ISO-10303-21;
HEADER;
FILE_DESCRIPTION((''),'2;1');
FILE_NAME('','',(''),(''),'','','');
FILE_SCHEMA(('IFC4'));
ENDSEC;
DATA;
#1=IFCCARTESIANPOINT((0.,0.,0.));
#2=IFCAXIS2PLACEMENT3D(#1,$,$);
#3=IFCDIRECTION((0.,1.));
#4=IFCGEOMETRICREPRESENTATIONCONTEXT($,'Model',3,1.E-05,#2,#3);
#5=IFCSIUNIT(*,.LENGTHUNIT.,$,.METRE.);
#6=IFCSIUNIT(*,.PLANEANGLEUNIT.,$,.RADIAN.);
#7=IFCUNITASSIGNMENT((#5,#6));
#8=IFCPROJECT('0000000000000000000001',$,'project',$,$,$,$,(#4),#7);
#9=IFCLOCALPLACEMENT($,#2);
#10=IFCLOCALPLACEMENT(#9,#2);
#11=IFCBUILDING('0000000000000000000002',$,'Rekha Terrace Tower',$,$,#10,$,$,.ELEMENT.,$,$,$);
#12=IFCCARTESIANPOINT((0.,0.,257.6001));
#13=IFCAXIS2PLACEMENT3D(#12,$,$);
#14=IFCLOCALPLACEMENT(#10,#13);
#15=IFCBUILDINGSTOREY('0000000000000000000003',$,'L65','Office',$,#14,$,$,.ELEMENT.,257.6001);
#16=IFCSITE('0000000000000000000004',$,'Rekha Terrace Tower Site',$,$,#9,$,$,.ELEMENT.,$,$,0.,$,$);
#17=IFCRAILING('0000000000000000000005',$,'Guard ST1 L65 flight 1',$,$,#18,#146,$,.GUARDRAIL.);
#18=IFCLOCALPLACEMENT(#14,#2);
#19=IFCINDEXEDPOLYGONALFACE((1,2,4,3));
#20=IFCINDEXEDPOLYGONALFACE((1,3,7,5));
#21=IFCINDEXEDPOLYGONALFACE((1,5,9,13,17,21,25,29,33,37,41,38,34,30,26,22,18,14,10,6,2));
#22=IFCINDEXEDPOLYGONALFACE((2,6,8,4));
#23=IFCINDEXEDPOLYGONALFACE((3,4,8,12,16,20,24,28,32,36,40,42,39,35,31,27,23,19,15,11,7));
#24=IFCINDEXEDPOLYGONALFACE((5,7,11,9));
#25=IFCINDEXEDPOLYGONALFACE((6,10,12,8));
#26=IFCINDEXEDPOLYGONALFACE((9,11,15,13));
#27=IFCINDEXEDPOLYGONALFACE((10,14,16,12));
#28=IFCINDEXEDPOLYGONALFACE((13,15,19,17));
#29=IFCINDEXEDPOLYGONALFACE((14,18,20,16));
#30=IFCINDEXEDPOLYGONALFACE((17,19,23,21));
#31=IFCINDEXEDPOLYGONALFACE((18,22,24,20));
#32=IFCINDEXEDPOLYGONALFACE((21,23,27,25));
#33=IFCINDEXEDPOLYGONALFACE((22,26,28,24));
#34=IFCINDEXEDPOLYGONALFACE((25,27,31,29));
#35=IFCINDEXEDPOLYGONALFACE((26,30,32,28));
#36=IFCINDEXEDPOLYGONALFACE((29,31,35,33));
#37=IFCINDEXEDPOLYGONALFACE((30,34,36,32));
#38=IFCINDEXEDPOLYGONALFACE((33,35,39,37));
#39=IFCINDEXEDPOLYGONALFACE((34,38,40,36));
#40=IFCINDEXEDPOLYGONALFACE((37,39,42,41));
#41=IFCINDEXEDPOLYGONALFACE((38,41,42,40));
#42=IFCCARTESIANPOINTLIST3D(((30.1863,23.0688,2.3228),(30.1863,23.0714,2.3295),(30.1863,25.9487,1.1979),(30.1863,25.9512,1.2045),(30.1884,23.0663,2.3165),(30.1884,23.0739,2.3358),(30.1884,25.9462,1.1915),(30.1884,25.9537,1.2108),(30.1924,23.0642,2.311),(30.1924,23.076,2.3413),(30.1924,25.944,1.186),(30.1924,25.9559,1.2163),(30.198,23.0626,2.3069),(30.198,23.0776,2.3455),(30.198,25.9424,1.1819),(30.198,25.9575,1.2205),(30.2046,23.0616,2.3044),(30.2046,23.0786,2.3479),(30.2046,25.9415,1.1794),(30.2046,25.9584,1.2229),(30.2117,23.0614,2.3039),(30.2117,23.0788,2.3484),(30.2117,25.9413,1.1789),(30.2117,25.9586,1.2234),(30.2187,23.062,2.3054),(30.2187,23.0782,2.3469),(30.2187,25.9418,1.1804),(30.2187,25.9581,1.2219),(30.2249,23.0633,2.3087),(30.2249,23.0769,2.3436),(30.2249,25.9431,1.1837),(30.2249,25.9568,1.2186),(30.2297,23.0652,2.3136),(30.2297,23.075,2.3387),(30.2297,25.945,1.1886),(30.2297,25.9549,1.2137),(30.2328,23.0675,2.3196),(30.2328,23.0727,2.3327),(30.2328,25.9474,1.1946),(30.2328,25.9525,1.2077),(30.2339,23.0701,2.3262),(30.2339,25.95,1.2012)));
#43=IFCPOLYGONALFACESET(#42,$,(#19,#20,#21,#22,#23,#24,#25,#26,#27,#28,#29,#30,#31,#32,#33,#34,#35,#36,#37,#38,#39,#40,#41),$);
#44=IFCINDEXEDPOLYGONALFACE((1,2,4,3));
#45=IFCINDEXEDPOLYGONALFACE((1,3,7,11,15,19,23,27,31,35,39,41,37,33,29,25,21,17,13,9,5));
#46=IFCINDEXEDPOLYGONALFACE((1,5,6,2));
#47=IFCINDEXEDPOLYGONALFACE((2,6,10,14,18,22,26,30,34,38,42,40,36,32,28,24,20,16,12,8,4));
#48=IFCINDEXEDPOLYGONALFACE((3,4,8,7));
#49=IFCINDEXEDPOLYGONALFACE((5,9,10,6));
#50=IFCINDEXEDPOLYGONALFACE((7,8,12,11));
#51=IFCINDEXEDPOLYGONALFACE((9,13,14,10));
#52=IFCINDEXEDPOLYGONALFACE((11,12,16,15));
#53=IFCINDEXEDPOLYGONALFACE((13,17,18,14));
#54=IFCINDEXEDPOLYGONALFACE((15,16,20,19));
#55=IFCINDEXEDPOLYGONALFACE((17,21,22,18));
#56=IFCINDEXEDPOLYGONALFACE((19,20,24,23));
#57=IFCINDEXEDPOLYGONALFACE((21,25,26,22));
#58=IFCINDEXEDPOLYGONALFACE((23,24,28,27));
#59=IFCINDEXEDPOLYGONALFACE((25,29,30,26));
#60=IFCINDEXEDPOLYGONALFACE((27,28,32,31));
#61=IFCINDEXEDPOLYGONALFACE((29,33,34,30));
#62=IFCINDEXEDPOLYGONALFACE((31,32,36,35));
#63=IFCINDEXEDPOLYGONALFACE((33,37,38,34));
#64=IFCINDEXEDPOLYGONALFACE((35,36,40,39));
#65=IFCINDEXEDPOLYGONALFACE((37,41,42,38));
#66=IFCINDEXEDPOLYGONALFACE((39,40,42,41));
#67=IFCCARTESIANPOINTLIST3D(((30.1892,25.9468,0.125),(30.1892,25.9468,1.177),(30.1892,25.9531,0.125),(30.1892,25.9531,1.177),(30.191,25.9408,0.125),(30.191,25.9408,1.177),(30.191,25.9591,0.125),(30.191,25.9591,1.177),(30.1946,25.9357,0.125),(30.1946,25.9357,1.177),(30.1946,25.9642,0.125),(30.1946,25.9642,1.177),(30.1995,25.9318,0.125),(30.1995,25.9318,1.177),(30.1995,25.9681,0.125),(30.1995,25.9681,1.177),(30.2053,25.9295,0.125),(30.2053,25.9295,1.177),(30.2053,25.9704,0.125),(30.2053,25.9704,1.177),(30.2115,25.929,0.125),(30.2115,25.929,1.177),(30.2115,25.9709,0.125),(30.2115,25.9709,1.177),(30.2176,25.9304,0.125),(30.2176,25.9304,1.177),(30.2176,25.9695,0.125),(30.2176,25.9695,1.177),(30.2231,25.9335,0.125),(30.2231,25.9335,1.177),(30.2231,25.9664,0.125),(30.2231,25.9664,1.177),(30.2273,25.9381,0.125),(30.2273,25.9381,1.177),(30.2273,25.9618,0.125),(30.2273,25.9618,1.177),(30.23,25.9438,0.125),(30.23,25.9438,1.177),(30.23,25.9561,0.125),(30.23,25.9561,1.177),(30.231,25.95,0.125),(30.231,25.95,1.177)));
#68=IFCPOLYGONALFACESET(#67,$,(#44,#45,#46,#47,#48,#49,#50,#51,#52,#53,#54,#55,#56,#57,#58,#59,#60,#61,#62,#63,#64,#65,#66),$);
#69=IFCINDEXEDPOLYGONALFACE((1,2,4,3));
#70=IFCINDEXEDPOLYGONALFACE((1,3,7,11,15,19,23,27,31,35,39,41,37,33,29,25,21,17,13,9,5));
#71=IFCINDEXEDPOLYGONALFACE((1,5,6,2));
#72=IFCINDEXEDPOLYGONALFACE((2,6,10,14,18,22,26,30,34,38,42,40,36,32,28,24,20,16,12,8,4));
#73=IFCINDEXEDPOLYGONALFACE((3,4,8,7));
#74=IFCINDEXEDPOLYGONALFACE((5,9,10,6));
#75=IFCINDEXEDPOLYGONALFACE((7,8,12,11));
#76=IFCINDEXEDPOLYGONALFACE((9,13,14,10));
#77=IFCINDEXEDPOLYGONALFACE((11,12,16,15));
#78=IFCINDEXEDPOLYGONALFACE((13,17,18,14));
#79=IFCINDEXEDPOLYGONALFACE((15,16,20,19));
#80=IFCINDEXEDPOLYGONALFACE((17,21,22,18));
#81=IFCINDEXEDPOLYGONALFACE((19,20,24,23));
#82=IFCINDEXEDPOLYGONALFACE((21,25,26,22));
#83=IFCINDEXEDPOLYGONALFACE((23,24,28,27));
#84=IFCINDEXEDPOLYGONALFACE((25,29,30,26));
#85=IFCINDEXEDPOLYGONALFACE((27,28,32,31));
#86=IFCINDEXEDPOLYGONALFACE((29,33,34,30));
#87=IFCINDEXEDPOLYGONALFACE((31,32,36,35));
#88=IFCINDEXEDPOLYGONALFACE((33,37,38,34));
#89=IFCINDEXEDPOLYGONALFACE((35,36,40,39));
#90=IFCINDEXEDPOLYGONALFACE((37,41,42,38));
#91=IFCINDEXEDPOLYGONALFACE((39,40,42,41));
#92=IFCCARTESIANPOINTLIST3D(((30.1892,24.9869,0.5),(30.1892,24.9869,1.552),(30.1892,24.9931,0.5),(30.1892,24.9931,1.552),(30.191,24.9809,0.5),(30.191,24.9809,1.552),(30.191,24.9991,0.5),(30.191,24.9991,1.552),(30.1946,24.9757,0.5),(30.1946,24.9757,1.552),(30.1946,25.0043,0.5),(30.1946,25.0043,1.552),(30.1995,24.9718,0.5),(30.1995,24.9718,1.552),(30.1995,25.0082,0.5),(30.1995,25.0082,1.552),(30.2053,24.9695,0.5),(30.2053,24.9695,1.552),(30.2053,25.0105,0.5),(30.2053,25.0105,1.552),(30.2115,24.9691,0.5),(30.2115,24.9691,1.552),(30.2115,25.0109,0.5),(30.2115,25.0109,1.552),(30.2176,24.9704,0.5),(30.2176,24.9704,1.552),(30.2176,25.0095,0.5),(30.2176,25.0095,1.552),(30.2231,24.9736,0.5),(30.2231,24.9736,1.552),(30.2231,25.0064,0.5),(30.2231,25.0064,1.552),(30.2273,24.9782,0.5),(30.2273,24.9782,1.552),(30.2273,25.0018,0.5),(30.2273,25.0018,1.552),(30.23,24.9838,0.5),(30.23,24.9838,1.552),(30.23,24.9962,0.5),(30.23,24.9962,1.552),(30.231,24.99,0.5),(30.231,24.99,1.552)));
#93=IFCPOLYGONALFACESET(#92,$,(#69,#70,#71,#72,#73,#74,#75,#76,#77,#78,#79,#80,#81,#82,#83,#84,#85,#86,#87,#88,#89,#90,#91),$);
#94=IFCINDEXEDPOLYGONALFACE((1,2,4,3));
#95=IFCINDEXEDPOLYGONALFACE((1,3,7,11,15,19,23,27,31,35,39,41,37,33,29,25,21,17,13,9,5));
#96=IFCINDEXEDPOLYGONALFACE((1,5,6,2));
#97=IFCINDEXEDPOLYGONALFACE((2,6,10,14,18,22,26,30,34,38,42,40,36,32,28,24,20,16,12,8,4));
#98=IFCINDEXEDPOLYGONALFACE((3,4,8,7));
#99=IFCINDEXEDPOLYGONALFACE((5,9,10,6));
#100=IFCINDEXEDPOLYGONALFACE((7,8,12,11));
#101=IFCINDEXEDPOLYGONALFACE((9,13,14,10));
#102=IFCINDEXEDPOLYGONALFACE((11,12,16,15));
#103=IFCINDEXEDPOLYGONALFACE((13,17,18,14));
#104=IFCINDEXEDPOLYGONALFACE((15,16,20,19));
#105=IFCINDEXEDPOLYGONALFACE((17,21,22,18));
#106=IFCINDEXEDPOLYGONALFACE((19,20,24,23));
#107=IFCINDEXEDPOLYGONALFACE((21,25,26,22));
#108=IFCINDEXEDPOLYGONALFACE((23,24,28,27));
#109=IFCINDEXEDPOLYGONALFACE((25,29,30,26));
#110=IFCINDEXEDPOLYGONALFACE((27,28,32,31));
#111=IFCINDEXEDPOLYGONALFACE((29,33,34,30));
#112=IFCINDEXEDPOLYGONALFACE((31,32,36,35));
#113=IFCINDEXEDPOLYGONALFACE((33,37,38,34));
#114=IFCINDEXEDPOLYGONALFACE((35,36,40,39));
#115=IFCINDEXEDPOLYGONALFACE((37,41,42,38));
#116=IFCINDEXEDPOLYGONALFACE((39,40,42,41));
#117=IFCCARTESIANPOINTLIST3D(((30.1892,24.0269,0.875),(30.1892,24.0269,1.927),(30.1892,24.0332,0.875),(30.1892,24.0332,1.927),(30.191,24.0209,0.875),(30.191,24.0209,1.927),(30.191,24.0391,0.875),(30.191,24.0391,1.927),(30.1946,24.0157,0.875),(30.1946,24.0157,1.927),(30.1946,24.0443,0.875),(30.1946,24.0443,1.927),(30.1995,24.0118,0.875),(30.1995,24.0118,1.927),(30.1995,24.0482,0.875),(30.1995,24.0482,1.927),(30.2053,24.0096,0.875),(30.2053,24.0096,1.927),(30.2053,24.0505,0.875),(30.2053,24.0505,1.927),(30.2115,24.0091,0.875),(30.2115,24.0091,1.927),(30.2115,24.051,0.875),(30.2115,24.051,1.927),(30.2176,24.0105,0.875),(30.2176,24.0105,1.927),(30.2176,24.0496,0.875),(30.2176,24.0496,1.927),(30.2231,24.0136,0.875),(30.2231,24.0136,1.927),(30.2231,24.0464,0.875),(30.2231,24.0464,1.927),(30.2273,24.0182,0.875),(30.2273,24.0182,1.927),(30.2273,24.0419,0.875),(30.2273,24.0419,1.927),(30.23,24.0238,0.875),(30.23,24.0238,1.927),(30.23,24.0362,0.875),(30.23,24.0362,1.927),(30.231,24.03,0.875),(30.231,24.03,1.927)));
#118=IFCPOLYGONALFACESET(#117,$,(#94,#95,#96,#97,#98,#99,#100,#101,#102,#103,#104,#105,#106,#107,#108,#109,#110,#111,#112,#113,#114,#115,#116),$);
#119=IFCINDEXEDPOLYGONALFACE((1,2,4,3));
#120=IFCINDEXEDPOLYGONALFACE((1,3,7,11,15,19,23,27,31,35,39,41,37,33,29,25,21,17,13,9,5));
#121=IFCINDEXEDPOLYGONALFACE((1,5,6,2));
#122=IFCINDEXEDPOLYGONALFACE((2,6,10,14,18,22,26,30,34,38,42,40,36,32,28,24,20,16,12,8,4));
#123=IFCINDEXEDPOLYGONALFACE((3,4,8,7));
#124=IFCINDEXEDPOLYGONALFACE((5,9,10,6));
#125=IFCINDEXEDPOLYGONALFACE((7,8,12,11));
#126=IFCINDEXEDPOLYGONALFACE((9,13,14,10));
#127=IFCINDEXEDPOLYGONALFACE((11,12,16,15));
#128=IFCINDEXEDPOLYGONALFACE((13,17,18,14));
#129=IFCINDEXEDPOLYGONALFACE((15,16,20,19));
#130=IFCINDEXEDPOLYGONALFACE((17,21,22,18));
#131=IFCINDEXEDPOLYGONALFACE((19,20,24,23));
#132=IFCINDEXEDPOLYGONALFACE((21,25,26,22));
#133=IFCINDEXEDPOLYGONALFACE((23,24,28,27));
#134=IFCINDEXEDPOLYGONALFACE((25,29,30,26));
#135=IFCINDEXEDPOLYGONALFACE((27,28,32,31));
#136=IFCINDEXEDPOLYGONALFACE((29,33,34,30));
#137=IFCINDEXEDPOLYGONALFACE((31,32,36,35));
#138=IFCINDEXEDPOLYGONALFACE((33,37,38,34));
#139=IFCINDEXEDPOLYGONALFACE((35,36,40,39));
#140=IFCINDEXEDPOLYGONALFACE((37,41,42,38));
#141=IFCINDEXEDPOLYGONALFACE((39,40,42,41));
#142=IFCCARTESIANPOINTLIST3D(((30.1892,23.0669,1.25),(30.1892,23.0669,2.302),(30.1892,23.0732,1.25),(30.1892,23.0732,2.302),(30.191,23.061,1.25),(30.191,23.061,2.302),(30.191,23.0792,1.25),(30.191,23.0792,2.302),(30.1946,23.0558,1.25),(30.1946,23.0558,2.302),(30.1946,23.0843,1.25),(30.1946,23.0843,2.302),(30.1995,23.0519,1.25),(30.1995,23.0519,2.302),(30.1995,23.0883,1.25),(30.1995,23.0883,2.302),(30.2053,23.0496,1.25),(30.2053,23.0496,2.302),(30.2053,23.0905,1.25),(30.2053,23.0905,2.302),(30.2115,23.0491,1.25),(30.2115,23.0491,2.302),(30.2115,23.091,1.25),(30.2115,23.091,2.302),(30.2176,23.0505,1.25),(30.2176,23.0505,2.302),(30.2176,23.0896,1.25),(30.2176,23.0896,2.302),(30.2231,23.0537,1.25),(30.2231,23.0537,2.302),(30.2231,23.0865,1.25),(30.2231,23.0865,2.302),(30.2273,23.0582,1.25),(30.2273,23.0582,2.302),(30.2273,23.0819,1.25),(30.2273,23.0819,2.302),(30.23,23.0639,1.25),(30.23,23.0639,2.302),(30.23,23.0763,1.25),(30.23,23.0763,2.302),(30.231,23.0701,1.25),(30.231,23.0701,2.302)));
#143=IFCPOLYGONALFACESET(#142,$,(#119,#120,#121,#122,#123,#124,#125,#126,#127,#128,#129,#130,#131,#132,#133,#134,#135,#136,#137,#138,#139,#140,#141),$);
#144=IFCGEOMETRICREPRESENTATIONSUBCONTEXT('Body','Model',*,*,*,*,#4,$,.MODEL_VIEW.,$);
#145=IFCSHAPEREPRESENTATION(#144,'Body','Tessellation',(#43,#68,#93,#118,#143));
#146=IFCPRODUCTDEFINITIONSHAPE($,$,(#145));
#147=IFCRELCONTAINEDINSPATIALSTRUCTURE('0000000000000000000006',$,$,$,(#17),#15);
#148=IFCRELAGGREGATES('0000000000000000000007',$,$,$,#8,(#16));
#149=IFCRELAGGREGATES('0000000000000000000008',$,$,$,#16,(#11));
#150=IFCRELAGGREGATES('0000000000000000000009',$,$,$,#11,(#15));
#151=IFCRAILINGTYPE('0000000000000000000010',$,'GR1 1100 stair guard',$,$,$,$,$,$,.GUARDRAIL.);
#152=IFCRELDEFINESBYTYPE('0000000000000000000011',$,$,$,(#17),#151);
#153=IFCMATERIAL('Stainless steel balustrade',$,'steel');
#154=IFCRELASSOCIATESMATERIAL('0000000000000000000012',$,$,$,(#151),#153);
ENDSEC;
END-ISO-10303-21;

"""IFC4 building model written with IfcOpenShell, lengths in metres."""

from ifc_helpers import new_model, si_unit, direction, frame, origin, origin_2d, place, context, subcontext, project, spatial, circle, extrude, material, type_object, element, save


model = new_model("IFC4")

# Units and contexts
model_context = context("Model", 3, precision=1e-05, world=origin(), true_north=direction((0.0, 1.0)))
body_context = subcontext(model_context, "Body", "Model", "MODEL_VIEW")
ifc_project = project(units=[si_unit("LENGTHUNIT", "METRE"), si_unit("PLANEANGLEUNIT", "RADIAN")], contexts=[model_context])

# Site, building, storey
site_placement = place(None, origin())
site = spatial("IfcSite", under=ifc_project, at=site_placement, Name="Rekha Terrace Tower Site", CompositionType="ELEMENT", RefElevation=0.0)
building_placement = place(site_placement, origin())
building = spatial("IfcBuilding", under=site, at=building_placement, Name="Rekha Terrace Tower", CompositionType="ELEMENT")
storey_placement = place(building_placement, frame((0.0, 0.0, 257.6001)))
storey = spatial("IfcBuildingStorey", under=building, at=storey_placement, Name="L65", Description="Office", CompositionType="ELEMENT", Elevation=257.6001)

# Railing
ifc_material_1 = material(Name="Stainless steel balustrade", Category="steel")
railing_type_1 = type_object("IfcRailingType", Name="GR1 1100 stair guard", PredefinedType="GUARDRAIL", material=ifc_material_1)
railing_1_placement = place(storey_placement, frame((30.21, 25.95, 0.125)))
element("IfcRailing", 1, at=railing_1_placement, inside=storey, type_object=railing_type_1, Name="Guard ST1 L65 flight 1", PredefinedType="GUARDRAIL", context=body_context, shape_type="SweptSolid", body=[
    extrude(circle(Radius=0.0239, at=origin_2d()), frame((0.0, 0.0, 1.0762), z_axis=(0.0, -0.931452, 0.363863), x_axis=(1.0, 0.0, 0.0)), (0.0, 0.0, 1.0), 3.0918),
    extrude(circle(Radius=0.021, at=origin_2d()), origin(), (0.0, 0.0, 1.0), 1.052),
    extrude(circle(Radius=0.021, at=origin_2d()), frame((0.0, -0.96, 0.375)), (0.0, 0.0, 1.0), 1.052),
    extrude(circle(Radius=0.021, at=origin_2d()), frame((0.0, -1.9199, 0.75)), (0.0, 0.0, 1.0), 1.052),
    extrude(circle(Radius=0.021, at=origin_2d()), frame((0.0, -2.8799, 1.125)), (0.0, 0.0, 1.0), 1.052),
])

save(model, "model.ifc")
